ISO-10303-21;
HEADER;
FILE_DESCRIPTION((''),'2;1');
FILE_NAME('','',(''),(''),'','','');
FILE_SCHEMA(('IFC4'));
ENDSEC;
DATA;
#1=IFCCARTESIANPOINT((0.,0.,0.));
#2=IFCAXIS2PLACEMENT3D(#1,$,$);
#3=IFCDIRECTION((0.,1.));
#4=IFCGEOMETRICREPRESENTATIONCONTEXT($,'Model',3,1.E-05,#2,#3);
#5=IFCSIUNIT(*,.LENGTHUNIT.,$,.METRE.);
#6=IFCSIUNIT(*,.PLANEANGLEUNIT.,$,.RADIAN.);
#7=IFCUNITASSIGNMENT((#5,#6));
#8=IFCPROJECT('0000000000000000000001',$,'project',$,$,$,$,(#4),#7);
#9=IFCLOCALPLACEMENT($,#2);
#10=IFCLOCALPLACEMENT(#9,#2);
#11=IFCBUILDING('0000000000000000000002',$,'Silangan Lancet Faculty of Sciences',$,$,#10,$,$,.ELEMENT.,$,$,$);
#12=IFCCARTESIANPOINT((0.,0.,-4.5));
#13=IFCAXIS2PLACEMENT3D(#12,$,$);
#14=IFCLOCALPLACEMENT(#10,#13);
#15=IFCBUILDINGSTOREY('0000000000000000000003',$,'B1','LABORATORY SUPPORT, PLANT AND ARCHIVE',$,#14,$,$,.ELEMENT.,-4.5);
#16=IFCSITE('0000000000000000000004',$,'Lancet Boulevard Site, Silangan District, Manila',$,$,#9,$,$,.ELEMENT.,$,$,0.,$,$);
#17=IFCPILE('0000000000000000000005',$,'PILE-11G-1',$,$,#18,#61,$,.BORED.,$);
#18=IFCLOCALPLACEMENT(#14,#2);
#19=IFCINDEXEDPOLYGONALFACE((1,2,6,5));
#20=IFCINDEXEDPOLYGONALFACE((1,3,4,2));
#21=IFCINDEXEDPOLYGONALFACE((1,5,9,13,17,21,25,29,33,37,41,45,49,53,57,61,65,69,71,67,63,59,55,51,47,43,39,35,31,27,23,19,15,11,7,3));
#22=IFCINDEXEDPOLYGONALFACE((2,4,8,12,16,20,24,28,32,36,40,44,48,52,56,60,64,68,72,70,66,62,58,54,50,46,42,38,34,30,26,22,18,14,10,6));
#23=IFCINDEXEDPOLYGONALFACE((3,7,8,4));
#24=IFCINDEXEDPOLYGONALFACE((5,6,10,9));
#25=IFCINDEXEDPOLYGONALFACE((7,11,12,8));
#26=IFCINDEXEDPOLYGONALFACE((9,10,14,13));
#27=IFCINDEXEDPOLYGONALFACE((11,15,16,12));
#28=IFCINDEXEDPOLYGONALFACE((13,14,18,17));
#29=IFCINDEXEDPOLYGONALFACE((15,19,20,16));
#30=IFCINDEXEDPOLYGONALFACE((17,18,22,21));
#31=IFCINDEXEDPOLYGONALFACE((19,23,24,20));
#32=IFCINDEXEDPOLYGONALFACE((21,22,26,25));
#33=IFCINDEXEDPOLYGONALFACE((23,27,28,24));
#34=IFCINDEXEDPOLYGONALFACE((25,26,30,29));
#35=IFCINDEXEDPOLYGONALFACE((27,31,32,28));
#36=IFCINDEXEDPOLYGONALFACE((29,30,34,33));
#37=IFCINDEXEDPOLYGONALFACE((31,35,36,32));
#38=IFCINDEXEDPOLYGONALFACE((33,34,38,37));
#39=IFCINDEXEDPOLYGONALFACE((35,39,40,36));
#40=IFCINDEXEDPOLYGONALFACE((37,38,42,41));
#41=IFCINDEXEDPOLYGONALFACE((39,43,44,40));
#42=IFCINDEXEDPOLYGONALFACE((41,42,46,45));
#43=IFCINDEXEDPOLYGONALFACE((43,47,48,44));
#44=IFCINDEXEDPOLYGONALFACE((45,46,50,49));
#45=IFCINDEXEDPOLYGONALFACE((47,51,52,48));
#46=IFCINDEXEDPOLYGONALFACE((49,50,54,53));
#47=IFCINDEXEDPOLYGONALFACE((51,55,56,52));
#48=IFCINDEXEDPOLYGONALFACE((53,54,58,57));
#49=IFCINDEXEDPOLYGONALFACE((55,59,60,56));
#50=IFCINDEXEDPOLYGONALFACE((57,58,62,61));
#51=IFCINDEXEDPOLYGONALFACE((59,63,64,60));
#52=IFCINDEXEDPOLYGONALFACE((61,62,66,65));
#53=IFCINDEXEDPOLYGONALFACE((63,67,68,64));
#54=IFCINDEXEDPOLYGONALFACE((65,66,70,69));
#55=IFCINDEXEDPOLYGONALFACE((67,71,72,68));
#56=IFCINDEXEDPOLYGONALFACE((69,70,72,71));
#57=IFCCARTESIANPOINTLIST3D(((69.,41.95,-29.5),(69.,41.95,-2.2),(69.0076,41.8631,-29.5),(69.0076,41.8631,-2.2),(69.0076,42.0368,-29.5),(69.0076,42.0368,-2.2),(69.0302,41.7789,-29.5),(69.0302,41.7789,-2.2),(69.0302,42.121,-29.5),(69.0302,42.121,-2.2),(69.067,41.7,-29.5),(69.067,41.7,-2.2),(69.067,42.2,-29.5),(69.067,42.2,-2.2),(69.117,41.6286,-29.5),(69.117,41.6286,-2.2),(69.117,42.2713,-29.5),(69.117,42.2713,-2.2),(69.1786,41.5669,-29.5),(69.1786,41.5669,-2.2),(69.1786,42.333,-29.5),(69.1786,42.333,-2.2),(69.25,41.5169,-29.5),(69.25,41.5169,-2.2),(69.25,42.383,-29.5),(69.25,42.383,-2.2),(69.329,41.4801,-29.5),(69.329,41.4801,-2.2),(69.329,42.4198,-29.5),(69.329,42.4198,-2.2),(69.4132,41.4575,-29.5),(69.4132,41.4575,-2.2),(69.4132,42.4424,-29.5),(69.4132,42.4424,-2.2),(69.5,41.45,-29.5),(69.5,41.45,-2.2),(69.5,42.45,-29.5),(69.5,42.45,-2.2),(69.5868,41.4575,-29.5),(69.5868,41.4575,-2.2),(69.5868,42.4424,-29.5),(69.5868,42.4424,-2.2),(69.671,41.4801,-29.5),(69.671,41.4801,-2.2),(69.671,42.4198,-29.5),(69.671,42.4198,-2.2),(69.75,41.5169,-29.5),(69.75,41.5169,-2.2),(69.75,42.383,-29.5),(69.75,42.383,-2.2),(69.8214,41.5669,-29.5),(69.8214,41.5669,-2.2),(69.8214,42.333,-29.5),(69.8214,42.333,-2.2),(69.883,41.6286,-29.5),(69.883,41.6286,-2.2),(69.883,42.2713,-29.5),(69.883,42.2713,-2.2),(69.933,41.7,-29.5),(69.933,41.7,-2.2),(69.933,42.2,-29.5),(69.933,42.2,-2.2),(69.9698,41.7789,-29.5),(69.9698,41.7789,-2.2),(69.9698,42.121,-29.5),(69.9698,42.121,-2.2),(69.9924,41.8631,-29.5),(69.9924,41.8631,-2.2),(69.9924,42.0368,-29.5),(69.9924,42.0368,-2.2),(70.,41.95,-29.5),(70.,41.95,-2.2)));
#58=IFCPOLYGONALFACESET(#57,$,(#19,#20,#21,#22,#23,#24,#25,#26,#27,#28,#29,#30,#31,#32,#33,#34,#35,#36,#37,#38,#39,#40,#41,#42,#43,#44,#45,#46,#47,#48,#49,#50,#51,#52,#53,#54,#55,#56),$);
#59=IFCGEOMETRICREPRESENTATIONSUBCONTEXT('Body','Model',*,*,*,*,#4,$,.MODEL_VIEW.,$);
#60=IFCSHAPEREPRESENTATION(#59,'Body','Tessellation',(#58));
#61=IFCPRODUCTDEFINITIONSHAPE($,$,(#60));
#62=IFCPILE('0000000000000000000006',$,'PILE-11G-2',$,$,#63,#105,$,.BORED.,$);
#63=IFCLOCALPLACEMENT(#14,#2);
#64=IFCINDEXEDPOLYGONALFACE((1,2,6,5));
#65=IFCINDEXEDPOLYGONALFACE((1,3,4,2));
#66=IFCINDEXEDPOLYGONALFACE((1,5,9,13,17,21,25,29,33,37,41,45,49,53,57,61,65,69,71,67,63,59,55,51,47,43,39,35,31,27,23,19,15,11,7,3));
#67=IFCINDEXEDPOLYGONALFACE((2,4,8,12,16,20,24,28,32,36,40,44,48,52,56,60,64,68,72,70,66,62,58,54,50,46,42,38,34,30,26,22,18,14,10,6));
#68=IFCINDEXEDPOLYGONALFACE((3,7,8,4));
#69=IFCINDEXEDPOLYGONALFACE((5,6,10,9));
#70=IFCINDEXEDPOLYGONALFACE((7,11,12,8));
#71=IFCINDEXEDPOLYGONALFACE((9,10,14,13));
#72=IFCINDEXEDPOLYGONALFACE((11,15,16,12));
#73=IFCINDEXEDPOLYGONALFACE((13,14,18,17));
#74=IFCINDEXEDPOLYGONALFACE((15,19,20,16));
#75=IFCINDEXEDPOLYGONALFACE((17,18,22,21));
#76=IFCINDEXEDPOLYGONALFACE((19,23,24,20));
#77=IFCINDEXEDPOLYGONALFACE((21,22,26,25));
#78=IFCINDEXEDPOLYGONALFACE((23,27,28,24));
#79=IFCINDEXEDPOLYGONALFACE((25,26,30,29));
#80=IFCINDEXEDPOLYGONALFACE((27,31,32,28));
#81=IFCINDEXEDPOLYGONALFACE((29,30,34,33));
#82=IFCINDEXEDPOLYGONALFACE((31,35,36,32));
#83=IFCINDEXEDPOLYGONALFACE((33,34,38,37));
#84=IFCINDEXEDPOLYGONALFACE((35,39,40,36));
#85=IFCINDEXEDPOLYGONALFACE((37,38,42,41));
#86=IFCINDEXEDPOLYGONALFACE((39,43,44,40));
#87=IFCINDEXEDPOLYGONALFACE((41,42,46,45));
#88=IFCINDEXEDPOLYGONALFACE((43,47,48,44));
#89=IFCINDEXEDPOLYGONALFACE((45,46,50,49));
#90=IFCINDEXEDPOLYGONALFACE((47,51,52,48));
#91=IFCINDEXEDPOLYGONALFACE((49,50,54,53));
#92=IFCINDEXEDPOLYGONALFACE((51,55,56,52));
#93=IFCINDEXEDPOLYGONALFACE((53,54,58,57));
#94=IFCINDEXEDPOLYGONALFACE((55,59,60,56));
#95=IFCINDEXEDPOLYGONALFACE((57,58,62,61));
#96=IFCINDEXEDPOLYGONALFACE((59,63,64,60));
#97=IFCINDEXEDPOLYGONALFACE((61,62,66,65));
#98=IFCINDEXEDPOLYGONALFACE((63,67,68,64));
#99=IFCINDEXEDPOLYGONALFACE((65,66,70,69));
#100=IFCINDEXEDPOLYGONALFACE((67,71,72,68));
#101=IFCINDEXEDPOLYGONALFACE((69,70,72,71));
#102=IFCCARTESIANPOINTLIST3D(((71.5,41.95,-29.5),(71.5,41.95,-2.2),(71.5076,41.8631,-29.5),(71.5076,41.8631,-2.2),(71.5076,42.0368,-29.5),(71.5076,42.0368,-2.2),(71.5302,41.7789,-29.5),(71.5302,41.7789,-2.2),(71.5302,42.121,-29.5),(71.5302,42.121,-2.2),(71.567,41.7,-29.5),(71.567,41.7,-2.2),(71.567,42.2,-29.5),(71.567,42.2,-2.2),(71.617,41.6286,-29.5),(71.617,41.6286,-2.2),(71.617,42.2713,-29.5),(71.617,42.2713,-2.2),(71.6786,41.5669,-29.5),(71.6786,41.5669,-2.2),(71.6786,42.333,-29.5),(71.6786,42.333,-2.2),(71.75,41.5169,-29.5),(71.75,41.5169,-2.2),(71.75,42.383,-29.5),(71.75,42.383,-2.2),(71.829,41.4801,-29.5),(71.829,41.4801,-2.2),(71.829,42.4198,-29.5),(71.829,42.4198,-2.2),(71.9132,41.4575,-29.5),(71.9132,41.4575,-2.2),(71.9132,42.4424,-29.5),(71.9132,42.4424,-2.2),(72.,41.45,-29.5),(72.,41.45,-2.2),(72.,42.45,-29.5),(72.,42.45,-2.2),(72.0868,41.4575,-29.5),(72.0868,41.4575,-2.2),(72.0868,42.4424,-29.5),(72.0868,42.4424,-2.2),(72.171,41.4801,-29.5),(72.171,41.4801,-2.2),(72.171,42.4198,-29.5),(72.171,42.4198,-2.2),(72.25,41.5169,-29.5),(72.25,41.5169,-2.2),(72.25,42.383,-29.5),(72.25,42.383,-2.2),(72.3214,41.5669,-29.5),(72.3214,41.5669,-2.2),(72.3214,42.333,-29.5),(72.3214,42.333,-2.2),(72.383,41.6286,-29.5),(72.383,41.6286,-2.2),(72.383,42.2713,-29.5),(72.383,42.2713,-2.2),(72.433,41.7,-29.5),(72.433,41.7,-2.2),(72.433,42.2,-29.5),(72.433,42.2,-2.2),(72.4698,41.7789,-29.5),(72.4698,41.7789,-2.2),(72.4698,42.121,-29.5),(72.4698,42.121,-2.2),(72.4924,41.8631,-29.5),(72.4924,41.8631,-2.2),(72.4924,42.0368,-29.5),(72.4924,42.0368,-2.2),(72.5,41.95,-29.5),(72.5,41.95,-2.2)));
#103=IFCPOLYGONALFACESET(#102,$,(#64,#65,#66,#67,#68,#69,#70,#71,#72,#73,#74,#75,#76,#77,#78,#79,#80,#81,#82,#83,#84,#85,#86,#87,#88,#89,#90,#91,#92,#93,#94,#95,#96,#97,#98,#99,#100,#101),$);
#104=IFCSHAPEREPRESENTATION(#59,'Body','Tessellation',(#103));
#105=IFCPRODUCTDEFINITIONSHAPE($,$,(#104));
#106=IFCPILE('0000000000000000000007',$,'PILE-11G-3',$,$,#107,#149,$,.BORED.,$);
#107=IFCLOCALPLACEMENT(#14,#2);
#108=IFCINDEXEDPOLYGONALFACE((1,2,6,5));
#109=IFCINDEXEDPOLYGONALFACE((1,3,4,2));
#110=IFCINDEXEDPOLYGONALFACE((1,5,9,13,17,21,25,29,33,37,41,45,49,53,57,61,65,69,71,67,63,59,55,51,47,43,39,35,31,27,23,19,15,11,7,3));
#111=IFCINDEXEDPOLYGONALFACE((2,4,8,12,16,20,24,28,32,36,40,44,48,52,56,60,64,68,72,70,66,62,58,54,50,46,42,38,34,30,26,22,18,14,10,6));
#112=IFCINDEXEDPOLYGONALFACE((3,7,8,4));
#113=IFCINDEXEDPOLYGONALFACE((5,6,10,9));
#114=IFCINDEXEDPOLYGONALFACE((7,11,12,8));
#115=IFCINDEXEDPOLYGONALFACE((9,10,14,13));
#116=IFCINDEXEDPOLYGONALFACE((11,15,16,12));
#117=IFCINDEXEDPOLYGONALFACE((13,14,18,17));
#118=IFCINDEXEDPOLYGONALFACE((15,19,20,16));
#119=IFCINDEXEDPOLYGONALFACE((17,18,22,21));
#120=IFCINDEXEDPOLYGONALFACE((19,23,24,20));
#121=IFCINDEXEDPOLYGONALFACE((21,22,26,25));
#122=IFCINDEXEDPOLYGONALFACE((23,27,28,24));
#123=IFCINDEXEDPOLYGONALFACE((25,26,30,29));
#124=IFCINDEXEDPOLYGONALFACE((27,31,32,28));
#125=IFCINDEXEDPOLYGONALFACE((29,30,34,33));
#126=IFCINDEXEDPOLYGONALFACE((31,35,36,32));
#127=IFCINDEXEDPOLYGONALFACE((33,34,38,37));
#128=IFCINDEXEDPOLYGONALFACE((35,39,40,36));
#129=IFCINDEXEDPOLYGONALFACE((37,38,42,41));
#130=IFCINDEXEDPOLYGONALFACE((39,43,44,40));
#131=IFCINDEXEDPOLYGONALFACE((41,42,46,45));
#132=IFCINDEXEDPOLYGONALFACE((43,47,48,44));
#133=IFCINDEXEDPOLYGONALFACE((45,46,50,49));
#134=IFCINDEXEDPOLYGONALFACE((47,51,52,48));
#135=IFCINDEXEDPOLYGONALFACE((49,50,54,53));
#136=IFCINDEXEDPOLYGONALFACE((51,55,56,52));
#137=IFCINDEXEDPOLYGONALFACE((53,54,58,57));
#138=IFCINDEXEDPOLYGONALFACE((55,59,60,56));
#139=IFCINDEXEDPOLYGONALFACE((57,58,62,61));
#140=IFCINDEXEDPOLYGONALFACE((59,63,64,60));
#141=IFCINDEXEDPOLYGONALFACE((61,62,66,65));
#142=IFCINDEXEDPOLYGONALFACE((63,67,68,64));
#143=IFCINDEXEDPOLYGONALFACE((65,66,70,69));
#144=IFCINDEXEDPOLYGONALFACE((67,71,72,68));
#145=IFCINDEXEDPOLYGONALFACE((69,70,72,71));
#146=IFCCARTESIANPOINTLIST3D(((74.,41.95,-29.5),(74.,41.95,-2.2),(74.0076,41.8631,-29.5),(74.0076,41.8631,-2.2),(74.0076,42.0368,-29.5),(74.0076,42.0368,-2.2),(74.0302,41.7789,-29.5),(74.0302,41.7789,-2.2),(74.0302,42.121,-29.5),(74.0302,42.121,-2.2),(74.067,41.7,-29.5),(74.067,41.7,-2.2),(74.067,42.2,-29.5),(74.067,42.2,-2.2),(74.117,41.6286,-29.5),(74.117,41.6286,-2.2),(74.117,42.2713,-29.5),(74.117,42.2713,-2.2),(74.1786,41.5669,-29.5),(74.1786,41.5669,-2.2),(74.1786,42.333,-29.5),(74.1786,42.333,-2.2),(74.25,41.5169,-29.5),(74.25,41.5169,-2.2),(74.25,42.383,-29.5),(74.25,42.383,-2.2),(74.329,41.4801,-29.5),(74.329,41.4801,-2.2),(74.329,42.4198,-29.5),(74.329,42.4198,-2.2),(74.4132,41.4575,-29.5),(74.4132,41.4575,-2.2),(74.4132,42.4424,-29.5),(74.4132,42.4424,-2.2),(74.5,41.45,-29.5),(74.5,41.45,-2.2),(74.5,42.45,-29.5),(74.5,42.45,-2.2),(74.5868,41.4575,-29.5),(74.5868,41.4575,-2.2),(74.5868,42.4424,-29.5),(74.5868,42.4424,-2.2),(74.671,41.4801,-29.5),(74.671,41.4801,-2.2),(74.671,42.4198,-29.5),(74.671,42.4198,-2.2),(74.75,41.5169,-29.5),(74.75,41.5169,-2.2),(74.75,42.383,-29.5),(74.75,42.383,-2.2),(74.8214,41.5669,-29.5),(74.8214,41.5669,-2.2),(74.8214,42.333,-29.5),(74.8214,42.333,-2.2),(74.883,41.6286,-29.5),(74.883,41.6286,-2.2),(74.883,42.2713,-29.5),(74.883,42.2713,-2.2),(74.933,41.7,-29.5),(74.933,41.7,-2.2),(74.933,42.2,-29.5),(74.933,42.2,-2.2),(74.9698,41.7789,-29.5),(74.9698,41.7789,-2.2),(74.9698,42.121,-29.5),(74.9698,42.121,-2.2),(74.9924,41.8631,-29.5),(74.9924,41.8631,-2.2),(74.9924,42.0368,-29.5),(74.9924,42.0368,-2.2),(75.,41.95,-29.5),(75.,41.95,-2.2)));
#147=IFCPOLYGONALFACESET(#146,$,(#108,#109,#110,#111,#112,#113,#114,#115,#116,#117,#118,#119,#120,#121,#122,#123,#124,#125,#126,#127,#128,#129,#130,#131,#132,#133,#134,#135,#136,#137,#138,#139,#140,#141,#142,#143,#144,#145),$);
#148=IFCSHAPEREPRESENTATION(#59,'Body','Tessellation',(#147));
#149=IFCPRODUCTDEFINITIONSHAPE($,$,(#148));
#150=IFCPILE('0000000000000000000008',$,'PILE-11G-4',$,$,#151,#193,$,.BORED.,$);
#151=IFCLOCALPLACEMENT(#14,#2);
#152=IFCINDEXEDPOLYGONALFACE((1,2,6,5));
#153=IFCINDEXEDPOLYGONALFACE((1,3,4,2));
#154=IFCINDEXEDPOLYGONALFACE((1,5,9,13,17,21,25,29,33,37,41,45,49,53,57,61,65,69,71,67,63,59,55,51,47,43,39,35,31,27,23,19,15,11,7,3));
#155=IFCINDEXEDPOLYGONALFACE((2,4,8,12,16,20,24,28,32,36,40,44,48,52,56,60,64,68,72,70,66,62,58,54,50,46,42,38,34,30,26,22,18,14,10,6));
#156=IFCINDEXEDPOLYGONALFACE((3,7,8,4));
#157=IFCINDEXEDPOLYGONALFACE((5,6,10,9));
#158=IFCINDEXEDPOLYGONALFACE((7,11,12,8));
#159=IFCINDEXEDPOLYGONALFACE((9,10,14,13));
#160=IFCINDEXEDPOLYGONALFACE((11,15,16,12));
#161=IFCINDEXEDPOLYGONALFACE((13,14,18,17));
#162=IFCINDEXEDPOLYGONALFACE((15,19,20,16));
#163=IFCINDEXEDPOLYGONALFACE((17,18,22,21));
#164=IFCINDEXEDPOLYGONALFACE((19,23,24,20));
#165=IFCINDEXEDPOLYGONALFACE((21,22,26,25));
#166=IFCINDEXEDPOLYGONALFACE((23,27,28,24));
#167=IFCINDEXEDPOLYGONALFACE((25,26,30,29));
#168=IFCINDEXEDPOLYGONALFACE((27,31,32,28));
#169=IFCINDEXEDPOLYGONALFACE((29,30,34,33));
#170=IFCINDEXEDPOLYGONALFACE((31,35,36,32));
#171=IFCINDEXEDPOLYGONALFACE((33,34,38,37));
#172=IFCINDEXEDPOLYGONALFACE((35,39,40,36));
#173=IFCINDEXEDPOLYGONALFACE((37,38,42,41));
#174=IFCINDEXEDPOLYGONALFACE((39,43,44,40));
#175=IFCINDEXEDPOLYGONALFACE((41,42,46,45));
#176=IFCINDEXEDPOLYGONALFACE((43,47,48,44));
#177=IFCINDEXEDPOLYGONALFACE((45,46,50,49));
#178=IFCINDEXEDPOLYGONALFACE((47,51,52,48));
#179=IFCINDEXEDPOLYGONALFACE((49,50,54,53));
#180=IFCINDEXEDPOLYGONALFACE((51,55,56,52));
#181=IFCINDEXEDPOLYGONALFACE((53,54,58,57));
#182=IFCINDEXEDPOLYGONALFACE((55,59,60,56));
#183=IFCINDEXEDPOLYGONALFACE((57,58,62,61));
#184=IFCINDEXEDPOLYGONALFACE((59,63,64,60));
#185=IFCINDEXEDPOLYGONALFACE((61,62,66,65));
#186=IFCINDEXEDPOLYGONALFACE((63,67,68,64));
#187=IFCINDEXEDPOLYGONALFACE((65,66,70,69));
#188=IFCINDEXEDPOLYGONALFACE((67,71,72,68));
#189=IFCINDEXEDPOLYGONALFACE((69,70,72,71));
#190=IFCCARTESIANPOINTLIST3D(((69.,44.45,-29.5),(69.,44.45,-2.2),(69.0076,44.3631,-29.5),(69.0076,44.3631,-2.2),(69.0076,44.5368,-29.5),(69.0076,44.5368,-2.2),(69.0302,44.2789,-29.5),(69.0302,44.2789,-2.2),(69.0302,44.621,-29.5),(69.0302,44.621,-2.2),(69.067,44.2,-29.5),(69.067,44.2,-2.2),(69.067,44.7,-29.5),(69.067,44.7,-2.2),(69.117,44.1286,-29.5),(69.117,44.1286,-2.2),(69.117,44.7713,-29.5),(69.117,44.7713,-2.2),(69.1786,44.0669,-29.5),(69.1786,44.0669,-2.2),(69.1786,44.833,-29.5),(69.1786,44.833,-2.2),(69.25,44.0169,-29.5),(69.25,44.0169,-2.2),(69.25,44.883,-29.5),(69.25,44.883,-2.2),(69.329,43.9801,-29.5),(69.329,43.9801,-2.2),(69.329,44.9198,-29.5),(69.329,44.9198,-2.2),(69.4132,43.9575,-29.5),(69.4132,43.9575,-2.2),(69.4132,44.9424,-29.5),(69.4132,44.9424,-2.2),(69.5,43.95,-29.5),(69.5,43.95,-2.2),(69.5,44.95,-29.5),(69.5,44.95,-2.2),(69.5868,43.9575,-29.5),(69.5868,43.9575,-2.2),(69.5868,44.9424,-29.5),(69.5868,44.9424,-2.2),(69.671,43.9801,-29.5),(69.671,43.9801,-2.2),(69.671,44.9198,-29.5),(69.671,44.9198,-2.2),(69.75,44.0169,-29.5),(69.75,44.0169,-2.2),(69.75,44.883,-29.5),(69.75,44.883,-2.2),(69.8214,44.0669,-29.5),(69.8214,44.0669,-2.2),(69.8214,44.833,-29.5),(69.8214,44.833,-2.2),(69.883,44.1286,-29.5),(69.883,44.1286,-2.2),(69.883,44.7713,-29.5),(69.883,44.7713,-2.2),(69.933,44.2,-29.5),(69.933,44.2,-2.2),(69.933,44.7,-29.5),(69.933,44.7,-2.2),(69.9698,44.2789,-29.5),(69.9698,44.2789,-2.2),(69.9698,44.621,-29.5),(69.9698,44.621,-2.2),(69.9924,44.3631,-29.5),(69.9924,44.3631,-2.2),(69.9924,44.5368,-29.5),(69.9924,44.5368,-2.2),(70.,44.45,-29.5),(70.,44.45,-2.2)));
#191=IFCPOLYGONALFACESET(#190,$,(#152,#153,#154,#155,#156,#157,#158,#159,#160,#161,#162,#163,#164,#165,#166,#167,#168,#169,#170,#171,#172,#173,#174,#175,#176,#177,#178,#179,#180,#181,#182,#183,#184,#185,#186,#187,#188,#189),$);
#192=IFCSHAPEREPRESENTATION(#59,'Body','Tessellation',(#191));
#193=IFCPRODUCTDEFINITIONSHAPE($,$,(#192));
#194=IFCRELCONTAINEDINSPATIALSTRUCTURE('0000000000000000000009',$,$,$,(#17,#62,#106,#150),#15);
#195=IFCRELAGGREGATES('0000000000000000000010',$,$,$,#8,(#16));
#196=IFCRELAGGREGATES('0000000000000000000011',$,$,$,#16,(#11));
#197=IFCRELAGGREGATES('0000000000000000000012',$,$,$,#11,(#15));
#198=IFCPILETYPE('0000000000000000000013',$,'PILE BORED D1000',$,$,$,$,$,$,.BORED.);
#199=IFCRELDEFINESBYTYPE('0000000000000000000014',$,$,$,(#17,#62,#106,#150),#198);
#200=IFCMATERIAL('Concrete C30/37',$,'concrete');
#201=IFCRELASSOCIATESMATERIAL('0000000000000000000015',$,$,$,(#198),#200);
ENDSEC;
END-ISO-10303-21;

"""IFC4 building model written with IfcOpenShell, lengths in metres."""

from ifc_helpers import new_model, si_unit, direction, frame, origin, origin_2d, place, context, subcontext, project, spatial, circle, extrude, material, material_profile, profile_set, type_object, element, save


model = new_model("IFC4")

# Units and contexts
model_context = context("Model", 3, precision=1e-05, world=origin(), true_north=direction((0.0, 1.0)))
body_context = subcontext(model_context, "Body", "Model", "MODEL_VIEW")
ifc_project = project(units=[si_unit("LENGTHUNIT", "METRE"), si_unit("PLANEANGLEUNIT", "RADIAN")], contexts=[model_context])

# Site, building, storey
site_placement = place(None, origin())
site = spatial("IfcSite", under=ifc_project, at=site_placement, Name="Lancet Boulevard Site, Silangan District, Manila", CompositionType="ELEMENT", RefElevation=0.0)
building_placement = place(site_placement, origin())
building = spatial("IfcBuilding", under=site, at=building_placement, Name="Silangan Lancet Faculty of Sciences", CompositionType="ELEMENT")
storey_placement = place(building_placement, frame((0.0, 0.0, -4.5)))
storey = spatial("IfcBuildingStorey", under=building, at=storey_placement, Name="B1", Description="LABORATORY SUPPORT, PLANT AND ARCHIVE", CompositionType="ELEMENT", Elevation=-4.5)

# Piles
ifc_material_1 = material(Name="Concrete C30/37", Category="concrete")
ifc_material_profile_1 = material_profile(ifc_material_1, circle(Radius=0.5, at=origin_2d()), Name="BORED PILE D1000")
ifc_profile_set_1 = profile_set([ifc_material_profile_1], Name="Concrete C30/37")
pile_type = type_object("IfcPileType", Name="PILE BORED D1000", PredefinedType="BORED", material=ifc_profile_set_1)
for number, where, z_axis, x_axis, name in (
    (1, (69.5, 41.95, -2.2), (0.0, 0.0, -1.0), (1.0, 0.0, 0.0), "PILE-11G-1"),
    (2, (72.0, 41.95, -2.2), (0.0, 0.0, -1.0), (1.0, 0.0, 0.0), "PILE-11G-2"),
    (3, (74.5, 41.95, -2.2), (0.0, 0.0, -1.0), (1.0, 0.0, 0.0), "PILE-11G-3"),
    (4, (69.5, 44.45, -2.2), (0.0, 0.0, -1.0), (1.0, 0.0, 0.0), "PILE-11G-4"),
):
    element("IfcPile", number, at=place(storey_placement, frame(where, z_axis=z_axis, x_axis=x_axis)), inside=storey, type_object=pile_type, Name=name, PredefinedType="BORED", context=body_context, shape_type="SweptSolid", body=[
        extrude(circle(Radius=0.5, at=origin_2d()), origin(), (0.0, 0.0, 1.0), 27.3),
    ])

save(model, "model.ifc")
